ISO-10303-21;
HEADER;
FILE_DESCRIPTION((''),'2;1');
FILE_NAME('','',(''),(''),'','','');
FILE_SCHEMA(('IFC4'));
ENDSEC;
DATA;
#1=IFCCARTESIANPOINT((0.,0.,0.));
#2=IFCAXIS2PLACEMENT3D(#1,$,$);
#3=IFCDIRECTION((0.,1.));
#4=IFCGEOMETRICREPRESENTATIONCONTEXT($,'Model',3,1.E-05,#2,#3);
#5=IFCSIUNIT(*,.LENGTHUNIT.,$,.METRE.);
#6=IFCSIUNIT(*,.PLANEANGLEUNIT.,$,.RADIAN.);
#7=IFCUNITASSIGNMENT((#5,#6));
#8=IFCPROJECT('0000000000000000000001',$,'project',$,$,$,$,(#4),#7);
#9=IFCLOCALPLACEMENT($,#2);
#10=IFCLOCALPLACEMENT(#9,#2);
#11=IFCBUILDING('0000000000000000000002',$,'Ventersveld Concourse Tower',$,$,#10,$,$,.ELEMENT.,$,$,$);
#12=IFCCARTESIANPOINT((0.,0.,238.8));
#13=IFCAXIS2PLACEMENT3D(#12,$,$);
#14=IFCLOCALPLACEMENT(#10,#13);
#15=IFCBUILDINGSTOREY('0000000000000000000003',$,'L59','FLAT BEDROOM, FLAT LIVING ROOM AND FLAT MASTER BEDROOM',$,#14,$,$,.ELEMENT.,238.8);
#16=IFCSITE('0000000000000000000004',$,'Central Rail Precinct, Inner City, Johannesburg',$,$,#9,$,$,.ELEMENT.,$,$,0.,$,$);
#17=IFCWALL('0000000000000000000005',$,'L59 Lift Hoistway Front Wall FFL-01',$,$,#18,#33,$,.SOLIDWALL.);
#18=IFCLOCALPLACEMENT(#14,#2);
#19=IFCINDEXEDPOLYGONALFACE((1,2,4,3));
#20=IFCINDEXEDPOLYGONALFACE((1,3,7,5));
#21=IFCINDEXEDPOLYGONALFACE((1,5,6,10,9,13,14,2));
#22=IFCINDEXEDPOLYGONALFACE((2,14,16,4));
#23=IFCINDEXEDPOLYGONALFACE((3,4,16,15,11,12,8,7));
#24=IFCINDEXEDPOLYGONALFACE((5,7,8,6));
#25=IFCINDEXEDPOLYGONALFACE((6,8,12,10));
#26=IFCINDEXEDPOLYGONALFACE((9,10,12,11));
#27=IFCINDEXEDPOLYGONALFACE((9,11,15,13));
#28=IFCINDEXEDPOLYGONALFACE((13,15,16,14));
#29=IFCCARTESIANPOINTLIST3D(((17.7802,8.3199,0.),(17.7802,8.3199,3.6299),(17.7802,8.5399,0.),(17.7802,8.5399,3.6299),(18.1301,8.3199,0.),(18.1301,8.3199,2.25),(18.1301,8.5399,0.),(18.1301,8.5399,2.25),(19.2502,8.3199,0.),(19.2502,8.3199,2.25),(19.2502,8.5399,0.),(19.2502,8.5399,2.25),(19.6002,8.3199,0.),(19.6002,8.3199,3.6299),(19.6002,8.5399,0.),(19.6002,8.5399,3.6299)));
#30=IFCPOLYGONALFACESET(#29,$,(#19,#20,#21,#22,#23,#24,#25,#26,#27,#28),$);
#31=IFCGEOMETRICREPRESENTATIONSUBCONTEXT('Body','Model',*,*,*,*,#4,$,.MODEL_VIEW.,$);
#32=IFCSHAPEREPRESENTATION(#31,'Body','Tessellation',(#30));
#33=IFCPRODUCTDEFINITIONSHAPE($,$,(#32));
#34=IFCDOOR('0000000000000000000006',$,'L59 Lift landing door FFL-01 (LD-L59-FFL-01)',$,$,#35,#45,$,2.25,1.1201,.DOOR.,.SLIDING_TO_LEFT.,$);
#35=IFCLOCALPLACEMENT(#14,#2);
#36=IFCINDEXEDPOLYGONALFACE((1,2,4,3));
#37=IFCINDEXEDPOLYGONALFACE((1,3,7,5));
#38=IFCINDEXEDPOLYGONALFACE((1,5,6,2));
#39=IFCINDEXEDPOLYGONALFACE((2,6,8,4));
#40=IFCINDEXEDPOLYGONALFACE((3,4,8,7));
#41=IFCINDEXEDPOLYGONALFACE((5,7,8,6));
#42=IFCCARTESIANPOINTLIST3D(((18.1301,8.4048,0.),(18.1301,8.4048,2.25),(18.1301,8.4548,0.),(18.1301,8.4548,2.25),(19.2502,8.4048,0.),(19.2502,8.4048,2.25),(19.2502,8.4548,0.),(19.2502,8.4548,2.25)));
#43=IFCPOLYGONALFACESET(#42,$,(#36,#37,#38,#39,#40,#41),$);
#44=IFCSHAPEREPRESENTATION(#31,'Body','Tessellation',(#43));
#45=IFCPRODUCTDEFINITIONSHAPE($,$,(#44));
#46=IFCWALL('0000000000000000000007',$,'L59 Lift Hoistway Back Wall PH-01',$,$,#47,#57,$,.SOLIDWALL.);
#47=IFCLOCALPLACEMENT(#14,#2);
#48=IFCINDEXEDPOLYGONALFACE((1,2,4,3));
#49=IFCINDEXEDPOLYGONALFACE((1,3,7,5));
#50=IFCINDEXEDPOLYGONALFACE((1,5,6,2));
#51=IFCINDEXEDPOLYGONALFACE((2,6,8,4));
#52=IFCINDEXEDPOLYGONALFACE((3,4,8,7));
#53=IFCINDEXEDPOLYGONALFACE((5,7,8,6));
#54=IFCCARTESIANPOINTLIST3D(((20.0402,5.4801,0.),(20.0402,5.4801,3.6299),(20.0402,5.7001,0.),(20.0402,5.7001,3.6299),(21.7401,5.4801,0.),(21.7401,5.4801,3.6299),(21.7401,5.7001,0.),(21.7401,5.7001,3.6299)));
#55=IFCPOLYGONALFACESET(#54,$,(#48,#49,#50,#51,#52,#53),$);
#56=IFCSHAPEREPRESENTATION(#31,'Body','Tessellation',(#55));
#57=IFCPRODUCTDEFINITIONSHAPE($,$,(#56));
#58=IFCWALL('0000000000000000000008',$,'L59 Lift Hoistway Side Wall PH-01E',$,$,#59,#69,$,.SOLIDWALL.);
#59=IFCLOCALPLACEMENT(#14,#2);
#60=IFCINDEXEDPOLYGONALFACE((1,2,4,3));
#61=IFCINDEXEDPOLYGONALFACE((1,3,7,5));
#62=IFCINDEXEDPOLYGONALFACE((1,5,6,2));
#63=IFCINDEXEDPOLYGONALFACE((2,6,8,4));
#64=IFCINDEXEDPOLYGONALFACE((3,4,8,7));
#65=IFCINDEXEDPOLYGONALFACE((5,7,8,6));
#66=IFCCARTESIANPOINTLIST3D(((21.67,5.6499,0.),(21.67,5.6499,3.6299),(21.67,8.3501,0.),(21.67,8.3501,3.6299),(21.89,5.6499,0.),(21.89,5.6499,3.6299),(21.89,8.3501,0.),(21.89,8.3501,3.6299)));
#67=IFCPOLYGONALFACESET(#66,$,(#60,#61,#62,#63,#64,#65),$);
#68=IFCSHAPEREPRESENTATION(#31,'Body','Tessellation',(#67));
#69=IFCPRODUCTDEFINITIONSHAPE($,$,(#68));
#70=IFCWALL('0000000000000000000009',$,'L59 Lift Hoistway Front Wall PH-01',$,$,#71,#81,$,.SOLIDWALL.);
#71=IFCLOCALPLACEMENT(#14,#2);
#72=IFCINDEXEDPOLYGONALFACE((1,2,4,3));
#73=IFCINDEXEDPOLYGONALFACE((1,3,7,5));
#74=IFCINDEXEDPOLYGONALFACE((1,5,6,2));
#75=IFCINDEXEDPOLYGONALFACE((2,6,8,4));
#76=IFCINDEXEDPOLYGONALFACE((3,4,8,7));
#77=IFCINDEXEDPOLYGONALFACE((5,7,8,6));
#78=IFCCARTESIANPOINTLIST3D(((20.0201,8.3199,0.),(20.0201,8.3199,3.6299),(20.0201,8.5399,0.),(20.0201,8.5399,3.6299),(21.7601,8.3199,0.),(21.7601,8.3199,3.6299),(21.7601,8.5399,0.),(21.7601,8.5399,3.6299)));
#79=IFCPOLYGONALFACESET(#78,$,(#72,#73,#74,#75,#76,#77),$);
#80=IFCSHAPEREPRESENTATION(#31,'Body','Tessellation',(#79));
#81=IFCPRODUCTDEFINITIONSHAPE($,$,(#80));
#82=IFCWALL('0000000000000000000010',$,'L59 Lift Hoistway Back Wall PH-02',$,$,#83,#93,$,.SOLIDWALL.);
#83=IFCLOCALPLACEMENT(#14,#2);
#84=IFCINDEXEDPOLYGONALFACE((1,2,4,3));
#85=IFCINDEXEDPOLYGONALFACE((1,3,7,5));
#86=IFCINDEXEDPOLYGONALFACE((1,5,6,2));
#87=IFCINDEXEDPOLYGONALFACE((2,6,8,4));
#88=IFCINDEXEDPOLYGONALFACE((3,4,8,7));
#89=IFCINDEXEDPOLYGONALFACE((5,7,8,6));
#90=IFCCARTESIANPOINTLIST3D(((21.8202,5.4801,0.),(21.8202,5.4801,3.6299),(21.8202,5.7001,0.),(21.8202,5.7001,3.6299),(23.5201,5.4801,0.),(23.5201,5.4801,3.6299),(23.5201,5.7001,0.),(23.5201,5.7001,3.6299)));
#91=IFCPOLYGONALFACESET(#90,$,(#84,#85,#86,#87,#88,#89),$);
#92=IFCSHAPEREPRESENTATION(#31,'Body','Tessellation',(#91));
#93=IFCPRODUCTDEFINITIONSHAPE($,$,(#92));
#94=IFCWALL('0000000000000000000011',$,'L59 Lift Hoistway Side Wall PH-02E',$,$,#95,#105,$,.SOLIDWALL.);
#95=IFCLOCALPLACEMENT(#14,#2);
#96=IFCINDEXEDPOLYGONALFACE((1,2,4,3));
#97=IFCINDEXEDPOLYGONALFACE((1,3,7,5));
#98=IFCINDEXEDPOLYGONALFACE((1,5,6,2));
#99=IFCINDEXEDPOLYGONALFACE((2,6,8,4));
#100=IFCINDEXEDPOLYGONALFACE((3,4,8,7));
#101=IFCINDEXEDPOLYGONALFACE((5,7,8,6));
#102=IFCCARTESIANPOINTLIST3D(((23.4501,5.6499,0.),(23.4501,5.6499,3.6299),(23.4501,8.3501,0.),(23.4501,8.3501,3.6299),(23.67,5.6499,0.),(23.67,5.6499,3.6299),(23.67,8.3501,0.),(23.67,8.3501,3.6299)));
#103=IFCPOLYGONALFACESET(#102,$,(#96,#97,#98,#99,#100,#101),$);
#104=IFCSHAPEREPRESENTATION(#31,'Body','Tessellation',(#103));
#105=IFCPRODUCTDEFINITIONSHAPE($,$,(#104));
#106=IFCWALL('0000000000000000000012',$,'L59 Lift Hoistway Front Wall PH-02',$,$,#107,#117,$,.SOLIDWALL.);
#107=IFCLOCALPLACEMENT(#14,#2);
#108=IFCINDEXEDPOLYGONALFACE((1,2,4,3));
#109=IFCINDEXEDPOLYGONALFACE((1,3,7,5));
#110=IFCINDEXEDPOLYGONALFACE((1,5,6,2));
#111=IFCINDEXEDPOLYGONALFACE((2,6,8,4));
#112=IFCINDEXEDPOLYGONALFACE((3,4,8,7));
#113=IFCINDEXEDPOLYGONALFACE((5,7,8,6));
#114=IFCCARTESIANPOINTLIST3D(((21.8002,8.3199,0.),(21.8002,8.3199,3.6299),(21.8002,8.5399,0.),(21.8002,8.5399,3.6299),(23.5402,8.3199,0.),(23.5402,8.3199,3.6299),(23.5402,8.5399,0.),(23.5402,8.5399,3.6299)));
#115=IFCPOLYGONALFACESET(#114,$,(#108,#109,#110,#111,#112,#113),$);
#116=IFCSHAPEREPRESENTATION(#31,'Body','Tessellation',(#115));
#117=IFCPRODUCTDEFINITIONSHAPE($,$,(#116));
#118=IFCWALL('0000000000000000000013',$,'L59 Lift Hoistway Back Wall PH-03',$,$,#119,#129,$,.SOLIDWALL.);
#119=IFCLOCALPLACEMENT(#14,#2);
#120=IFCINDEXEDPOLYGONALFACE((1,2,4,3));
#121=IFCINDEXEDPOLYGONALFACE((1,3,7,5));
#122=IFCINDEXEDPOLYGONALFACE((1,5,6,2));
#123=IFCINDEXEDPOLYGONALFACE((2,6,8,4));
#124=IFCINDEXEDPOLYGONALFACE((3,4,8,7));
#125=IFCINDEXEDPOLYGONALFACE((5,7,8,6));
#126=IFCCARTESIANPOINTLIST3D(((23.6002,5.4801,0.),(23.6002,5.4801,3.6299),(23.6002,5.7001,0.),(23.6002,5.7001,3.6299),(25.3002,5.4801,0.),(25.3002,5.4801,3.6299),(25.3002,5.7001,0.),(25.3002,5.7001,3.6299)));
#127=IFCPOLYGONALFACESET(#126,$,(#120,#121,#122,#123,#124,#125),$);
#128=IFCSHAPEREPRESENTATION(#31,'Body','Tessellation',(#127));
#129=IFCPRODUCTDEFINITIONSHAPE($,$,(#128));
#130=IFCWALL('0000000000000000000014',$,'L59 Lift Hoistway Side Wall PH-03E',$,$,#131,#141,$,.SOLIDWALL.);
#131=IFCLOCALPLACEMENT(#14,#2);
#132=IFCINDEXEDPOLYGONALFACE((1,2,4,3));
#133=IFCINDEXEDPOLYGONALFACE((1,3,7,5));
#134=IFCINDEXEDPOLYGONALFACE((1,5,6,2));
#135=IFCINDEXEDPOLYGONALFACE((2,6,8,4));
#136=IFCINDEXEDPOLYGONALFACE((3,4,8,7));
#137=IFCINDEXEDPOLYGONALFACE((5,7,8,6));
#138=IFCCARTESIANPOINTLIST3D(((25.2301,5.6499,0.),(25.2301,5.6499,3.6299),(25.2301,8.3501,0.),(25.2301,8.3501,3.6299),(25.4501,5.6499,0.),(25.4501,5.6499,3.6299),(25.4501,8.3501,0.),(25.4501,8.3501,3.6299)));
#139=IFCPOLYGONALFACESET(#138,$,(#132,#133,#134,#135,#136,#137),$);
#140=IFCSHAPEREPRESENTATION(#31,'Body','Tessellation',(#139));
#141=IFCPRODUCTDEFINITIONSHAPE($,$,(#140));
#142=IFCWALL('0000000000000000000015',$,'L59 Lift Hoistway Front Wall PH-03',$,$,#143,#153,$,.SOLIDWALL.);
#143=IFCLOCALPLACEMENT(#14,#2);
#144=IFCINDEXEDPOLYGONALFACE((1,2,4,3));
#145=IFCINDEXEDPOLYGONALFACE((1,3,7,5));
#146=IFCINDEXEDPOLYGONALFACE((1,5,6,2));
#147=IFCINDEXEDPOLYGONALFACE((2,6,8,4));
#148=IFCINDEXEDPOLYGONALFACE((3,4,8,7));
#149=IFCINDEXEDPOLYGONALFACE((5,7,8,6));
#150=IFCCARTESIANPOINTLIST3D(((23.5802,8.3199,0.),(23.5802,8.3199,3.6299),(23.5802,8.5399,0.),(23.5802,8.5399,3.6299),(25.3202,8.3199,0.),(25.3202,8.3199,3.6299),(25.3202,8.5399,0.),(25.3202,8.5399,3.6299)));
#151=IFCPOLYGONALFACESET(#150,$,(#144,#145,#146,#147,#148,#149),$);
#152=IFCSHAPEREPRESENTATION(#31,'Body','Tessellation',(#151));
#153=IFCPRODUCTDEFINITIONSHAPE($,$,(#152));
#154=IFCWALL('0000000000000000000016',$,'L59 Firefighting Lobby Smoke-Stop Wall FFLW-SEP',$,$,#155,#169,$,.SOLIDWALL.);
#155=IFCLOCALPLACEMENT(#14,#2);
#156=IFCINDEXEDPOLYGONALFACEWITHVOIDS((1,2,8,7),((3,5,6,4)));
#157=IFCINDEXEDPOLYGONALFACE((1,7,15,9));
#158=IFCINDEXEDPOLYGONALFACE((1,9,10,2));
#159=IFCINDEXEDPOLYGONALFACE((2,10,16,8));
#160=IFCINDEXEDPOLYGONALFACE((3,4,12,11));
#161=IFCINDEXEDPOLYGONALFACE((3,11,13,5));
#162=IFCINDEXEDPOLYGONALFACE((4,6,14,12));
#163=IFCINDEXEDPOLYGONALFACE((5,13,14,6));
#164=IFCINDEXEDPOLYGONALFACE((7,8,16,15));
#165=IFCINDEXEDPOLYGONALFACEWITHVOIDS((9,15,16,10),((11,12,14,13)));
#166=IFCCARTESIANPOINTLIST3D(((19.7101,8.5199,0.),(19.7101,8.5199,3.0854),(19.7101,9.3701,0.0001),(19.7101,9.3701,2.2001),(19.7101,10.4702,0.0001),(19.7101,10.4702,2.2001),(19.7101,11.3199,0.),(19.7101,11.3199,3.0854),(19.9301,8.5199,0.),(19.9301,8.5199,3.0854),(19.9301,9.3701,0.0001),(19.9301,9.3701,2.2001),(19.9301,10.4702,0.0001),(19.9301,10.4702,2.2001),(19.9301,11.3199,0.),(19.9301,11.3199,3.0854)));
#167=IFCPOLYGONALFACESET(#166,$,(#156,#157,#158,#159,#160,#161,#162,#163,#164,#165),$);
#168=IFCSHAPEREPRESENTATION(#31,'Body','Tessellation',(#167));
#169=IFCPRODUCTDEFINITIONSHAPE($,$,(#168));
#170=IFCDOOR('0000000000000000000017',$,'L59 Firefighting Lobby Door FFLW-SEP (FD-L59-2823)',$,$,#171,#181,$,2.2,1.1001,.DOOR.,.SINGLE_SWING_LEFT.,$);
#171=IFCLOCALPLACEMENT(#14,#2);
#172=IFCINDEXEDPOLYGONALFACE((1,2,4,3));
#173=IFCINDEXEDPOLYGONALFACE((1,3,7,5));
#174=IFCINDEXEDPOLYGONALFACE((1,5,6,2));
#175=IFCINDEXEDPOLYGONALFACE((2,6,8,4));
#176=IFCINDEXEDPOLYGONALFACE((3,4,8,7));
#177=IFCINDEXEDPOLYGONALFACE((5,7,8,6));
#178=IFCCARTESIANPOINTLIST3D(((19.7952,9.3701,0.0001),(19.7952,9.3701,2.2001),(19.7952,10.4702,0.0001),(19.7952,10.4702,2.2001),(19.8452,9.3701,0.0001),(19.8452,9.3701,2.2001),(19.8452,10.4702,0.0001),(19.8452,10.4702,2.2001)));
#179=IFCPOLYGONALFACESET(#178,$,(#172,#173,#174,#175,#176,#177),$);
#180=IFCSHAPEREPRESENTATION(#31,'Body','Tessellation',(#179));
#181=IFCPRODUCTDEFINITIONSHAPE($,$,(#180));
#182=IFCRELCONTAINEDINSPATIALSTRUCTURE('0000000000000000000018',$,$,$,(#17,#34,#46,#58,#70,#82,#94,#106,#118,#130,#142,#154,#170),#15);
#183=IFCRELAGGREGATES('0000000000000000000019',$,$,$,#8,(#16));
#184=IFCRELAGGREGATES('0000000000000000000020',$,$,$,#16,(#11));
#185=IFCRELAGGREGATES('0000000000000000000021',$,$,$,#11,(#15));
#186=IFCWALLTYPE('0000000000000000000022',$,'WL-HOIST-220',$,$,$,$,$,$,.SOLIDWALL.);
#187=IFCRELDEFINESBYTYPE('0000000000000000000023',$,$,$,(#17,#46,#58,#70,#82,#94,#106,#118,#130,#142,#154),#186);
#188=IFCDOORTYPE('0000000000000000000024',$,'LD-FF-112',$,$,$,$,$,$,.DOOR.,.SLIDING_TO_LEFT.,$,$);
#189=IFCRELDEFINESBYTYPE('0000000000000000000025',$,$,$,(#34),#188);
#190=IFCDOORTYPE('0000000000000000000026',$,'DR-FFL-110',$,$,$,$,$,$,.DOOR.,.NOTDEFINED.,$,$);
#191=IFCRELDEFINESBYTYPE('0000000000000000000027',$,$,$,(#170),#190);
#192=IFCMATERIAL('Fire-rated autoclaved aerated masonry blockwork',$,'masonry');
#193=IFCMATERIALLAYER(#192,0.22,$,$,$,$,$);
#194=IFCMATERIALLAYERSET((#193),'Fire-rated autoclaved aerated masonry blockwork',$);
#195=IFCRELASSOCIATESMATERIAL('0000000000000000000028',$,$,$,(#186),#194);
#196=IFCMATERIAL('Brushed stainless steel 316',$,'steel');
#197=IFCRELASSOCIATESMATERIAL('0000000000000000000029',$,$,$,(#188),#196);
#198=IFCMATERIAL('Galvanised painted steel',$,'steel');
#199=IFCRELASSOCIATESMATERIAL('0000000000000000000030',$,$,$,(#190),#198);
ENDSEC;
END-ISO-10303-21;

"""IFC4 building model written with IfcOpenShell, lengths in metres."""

from ifc_helpers import new_model, si_unit, direction, frame, frame_2d, origin, place, context, subcontext, project, spatial, rectangle, extrude, material, layer, layer_set, type_object, element, fill, save


model = new_model("IFC4")

# Units and contexts
model_context = context("Model", 3, precision=1e-05, world=origin(), true_north=direction((0.0, 1.0)))
body_context = subcontext(model_context, "Body", "Model", "MODEL_VIEW")
ifc_project = project(units=[si_unit("LENGTHUNIT", "METRE"), si_unit("PLANEANGLEUNIT", "RADIAN")], contexts=[model_context])

# Site, building, storey
site_placement = place(None, origin())
site = spatial("IfcSite", under=ifc_project, at=site_placement, Name="Central Rail Precinct, Inner City, Johannesburg", CompositionType="ELEMENT", RefElevation=0.0)
building_placement = place(site_placement, origin())
building = spatial("IfcBuilding", under=site, at=building_placement, Name="Ventersveld Concourse Tower", CompositionType="ELEMENT")
storey_placement = place(building_placement, frame((0.0, 0.0, 238.8)))
storey = spatial("IfcBuildingStorey", under=building, at=storey_placement, Name="L59", Description="FLAT BEDROOM, FLAT LIVING ROOM AND FLAT MASTER BEDROOM", CompositionType="ELEMENT", Elevation=238.8)

# Shared definitions
ifc_material_1 = material(Name="Fire-rated autoclaved aerated masonry blockwork", Category="masonry")
ifc_material_2 = material(Name="Galvanised painted steel", Category="steel")

# Shared definitions
ifc_layer_1 = layer(ifc_material_1, 0.22)
ifc_layer_set_1 = layer_set([ifc_layer_1], Name="Fire-rated autoclaved aerated masonry blockwork")
wall_type_1 = type_object("IfcWallType", Name="WL-HOIST-220", PredefinedType="SOLIDWALL", material=ifc_layer_set_1)

# Wall, opening, door
wall_1_placement = place(storey_placement, frame((17.78, 8.4299, 0.0), z_axis=(0.0, 0.0, 1.0), x_axis=(1.0, 0.0, 0.0)))
wall_1 = element("IfcWall", 1, at=wall_1_placement, inside=storey, type_object=wall_type_1, Name="L59 Lift Hoistway Front Wall FFL-01", PredefinedType="SOLIDWALL", context=body_context, shape_type="SweptSolid", body=[
    extrude(rectangle(XDim=1.8201, YDim=0.22, at=frame_2d((0.9102, 0.0))), origin(), (0.0, 0.0, 1.0), 3.6299),
])
opening_1_placement = place(wall_1_placement, frame((0.3501, 0.0, 0.0)))
opening_1 = element("IfcOpeningElement", 2, at=opening_1_placement, cuts=wall_1, PredefinedType="OPENING", context=body_context, shape_type="SweptSolid", body=[
    extrude(rectangle(XDim=1.1201, YDim=2.25, at=frame_2d((0.5601, 1.125))), frame((0.0, 0.1201, 0.0), z_axis=(0.0, -1.0, 0.0), x_axis=(1.0, 0.0, 0.0)), (0.0, 0.0, 1.0), 0.24),
])
ifc_material_3 = material(Name="Brushed stainless steel 316", Category="steel")
door_type_1 = type_object("IfcDoorType", Name="LD-FF-112", OperationType="SLIDING_TO_LEFT", PredefinedType="DOOR", material=ifc_material_3)
door_1_placement = place(opening_1_placement, origin())
door_1 = element("IfcDoor", 3, at=door_1_placement, inside=storey, type_object=door_type_1, Name="L59 Lift landing door FFL-01 (LD-L59-FFL-01)", OperationType="SLIDING_TO_LEFT", OverallHeight=2.25, OverallWidth=1.1201, PredefinedType="DOOR", context=body_context, shape_type="SweptSolid", body=[
    extrude(rectangle(XDim=1.1201, YDim=2.25, at=frame_2d((0.5601, 1.125))), frame((0.0, 0.0249, 0.0), z_axis=(0.0, -1.0, 0.0), x_axis=(1.0, 0.0, 0.0)), (0.0, 0.0, 1.0), 0.05),
])
fill(opening_1, door_1)

# Walls
wall_2_placement = place(storey_placement, frame((20.04, 5.5901, 0.0), z_axis=(0.0, 0.0, 1.0), x_axis=(1.0, 0.0, 0.0)))
element("IfcWall", 4, at=wall_2_placement, inside=storey, type_object=wall_type_1, Name="L59 Lift Hoistway Back Wall PH-01", PredefinedType="SOLIDWALL", context=body_context, shape_type="SweptSolid", body=[
    extrude(rectangle(XDim=1.7, YDim=0.22, at=frame_2d((0.8501, 0.0))), origin(), (0.0, 0.0, 1.0), 3.6299),
])
wall_3_placement = place(storey_placement, frame((21.78, 5.6499, 0.0), z_axis=(0.0, 0.0, 1.0), x_axis=(0.0, 1.0, 0.0)))
element("IfcWall", 5, at=wall_3_placement, inside=storey, type_object=wall_type_1, Name="L59 Lift Hoistway Side Wall PH-01E", PredefinedType="SOLIDWALL", context=body_context, shape_type="SweptSolid", body=[
    extrude(rectangle(XDim=2.7002, YDim=0.22, at=frame_2d((1.3501, 0.0))), origin(), (0.0, 0.0, 1.0), 3.6299),
])
wall_4_placement = place(storey_placement, frame((20.02, 8.4299, 0.0), z_axis=(0.0, 0.0, 1.0), x_axis=(1.0, 0.0, 0.0)))
element("IfcWall", 6, at=wall_4_placement, inside=storey, type_object=wall_type_1, Name="L59 Lift Hoistway Front Wall PH-01", PredefinedType="SOLIDWALL", context=body_context, shape_type="SweptSolid", body=[
    extrude(rectangle(XDim=1.74, YDim=0.22, at=frame_2d((0.8701, 0.0))), origin(), (0.0, 0.0, 1.0), 3.6299),
])
wall_5_placement = place(storey_placement, frame((21.8201, 5.5901, 0.0), z_axis=(0.0, 0.0, 1.0), x_axis=(1.0, 0.0, 0.0)))
element("IfcWall", 7, at=wall_5_placement, inside=storey, type_object=wall_type_1, Name="L59 Lift Hoistway Back Wall PH-02", PredefinedType="SOLIDWALL", context=body_context, shape_type="SweptSolid", body=[
    extrude(rectangle(XDim=1.7, YDim=0.22, at=frame_2d((0.8501, 0.0))), origin(), (0.0, 0.0, 1.0), 3.6299),
])
wall_6_placement = place(storey_placement, frame((23.5601, 5.6499, 0.0), z_axis=(0.0, 0.0, 1.0), x_axis=(0.0, 1.0, 0.0)))
element("IfcWall", 8, at=wall_6_placement, inside=storey, type_object=wall_type_1, Name="L59 Lift Hoistway Side Wall PH-02E", PredefinedType="SOLIDWALL", context=body_context, shape_type="SweptSolid", body=[
    extrude(rectangle(XDim=2.7002, YDim=0.22, at=frame_2d((1.3501, 0.0))), origin(), (0.0, 0.0, 1.0), 3.6299),
])
wall_7_placement = place(storey_placement, frame((21.8, 8.4299, 0.0), z_axis=(0.0, 0.0, 1.0), x_axis=(1.0, 0.0, 0.0)))
element("IfcWall", 9, at=wall_7_placement, inside=storey, type_object=wall_type_1, Name="L59 Lift Hoistway Front Wall PH-02", PredefinedType="SOLIDWALL", context=body_context, shape_type="SweptSolid", body=[
    extrude(rectangle(XDim=1.74, YDim=0.22, at=frame_2d((0.8701, 0.0))), origin(), (0.0, 0.0, 1.0), 3.6299),
])
wall_8_placement = place(storey_placement, frame((23.6001, 5.5901, 0.0), z_axis=(0.0, 0.0, 1.0), x_axis=(1.0, 0.0, 0.0)))
element("IfcWall", 10, at=wall_8_placement, inside=storey, type_object=wall_type_1, Name="L59 Lift Hoistway Back Wall PH-03", PredefinedType="SOLIDWALL", context=body_context, shape_type="SweptSolid", body=[
    extrude(rectangle(XDim=1.7, YDim=0.22, at=frame_2d((0.8501, 0.0))), origin(), (0.0, 0.0, 1.0), 3.6299),
])
wall_9_placement = place(storey_placement, frame((25.3401, 5.6499, 0.0), z_axis=(0.0, 0.0, 1.0), x_axis=(0.0, 1.0, 0.0)))
element("IfcWall", 11, at=wall_9_placement, inside=storey, type_object=wall_type_1, Name="L59 Lift Hoistway Side Wall PH-03E", PredefinedType="SOLIDWALL", context=body_context, shape_type="SweptSolid", body=[
    extrude(rectangle(XDim=2.7002, YDim=0.22, at=frame_2d((1.3501, 0.0))), origin(), (0.0, 0.0, 1.0), 3.6299),
])
wall_10_placement = place(storey_placement, frame((23.5801, 8.4299, 0.0), z_axis=(0.0, 0.0, 1.0), x_axis=(1.0, 0.0, 0.0)))
element("IfcWall", 12, at=wall_10_placement, inside=storey, type_object=wall_type_1, Name="L59 Lift Hoistway Front Wall PH-03", PredefinedType="SOLIDWALL", context=body_context, shape_type="SweptSolid", body=[
    extrude(rectangle(XDim=1.74, YDim=0.22, at=frame_2d((0.8701, 0.0))), origin(), (0.0, 0.0, 1.0), 3.6299),
])

# Wall, opening, door
wall_11_placement = place(storey_placement, frame((19.8201, 8.52, 0.0), z_axis=(0.0, 0.0, 1.0), x_axis=(0.0, 1.0, 0.0)))
wall_11 = element("IfcWall", 13, at=wall_11_placement, inside=storey, type_object=wall_type_1, Name="L59 Firefighting Lobby Smoke-Stop Wall FFLW-SEP", PredefinedType="SOLIDWALL", context=body_context, shape_type="SweptSolid", body=[
    extrude(rectangle(XDim=2.8, YDim=0.22, at=frame_2d((1.3999, 0.0))), origin(), (0.0, 0.0, 1.0), 3.0854),
])
opening_2_placement = place(wall_11_placement, frame((0.8501, 0.0, 0.0)))
opening_2 = element("IfcOpeningElement", 14, at=opening_2_placement, cuts=wall_11, PredefinedType="OPENING", context=body_context, shape_type="SweptSolid", body=[
    extrude(rectangle(XDim=1.1001, YDim=2.2, at=frame_2d((0.55, 1.1001))), frame((0.0, 0.1201, 0.0), z_axis=(0.0, -1.0, 0.0), x_axis=(1.0, 0.0, 0.0)), (0.0, 0.0, 1.0), 0.24),
])
door_type_2 = type_object("IfcDoorType", Name="DR-FFL-110", OperationType="NOTDEFINED", PredefinedType="DOOR", material=ifc_material_2)
door_2_placement = place(opening_2_placement, origin())
door_2 = element("IfcDoor", 15, at=door_2_placement, inside=storey, type_object=door_type_2, Name="L59 Firefighting Lobby Door FFLW-SEP (FD-L59-2823)", OperationType="SINGLE_SWING_LEFT", OverallHeight=2.2, OverallWidth=1.1001, PredefinedType="DOOR", context=body_context, shape_type="SweptSolid", body=[
    extrude(rectangle(XDim=1.1001, YDim=2.2, at=frame_2d((0.55, 1.1001))), frame((0.0, 0.0249, 0.0), z_axis=(0.0, -1.0, 0.0), x_axis=(1.0, 0.0, 0.0)), (0.0, 0.0, 1.0), 0.05),
])
fill(opening_2, door_2)

save(model, "model.ifc")
